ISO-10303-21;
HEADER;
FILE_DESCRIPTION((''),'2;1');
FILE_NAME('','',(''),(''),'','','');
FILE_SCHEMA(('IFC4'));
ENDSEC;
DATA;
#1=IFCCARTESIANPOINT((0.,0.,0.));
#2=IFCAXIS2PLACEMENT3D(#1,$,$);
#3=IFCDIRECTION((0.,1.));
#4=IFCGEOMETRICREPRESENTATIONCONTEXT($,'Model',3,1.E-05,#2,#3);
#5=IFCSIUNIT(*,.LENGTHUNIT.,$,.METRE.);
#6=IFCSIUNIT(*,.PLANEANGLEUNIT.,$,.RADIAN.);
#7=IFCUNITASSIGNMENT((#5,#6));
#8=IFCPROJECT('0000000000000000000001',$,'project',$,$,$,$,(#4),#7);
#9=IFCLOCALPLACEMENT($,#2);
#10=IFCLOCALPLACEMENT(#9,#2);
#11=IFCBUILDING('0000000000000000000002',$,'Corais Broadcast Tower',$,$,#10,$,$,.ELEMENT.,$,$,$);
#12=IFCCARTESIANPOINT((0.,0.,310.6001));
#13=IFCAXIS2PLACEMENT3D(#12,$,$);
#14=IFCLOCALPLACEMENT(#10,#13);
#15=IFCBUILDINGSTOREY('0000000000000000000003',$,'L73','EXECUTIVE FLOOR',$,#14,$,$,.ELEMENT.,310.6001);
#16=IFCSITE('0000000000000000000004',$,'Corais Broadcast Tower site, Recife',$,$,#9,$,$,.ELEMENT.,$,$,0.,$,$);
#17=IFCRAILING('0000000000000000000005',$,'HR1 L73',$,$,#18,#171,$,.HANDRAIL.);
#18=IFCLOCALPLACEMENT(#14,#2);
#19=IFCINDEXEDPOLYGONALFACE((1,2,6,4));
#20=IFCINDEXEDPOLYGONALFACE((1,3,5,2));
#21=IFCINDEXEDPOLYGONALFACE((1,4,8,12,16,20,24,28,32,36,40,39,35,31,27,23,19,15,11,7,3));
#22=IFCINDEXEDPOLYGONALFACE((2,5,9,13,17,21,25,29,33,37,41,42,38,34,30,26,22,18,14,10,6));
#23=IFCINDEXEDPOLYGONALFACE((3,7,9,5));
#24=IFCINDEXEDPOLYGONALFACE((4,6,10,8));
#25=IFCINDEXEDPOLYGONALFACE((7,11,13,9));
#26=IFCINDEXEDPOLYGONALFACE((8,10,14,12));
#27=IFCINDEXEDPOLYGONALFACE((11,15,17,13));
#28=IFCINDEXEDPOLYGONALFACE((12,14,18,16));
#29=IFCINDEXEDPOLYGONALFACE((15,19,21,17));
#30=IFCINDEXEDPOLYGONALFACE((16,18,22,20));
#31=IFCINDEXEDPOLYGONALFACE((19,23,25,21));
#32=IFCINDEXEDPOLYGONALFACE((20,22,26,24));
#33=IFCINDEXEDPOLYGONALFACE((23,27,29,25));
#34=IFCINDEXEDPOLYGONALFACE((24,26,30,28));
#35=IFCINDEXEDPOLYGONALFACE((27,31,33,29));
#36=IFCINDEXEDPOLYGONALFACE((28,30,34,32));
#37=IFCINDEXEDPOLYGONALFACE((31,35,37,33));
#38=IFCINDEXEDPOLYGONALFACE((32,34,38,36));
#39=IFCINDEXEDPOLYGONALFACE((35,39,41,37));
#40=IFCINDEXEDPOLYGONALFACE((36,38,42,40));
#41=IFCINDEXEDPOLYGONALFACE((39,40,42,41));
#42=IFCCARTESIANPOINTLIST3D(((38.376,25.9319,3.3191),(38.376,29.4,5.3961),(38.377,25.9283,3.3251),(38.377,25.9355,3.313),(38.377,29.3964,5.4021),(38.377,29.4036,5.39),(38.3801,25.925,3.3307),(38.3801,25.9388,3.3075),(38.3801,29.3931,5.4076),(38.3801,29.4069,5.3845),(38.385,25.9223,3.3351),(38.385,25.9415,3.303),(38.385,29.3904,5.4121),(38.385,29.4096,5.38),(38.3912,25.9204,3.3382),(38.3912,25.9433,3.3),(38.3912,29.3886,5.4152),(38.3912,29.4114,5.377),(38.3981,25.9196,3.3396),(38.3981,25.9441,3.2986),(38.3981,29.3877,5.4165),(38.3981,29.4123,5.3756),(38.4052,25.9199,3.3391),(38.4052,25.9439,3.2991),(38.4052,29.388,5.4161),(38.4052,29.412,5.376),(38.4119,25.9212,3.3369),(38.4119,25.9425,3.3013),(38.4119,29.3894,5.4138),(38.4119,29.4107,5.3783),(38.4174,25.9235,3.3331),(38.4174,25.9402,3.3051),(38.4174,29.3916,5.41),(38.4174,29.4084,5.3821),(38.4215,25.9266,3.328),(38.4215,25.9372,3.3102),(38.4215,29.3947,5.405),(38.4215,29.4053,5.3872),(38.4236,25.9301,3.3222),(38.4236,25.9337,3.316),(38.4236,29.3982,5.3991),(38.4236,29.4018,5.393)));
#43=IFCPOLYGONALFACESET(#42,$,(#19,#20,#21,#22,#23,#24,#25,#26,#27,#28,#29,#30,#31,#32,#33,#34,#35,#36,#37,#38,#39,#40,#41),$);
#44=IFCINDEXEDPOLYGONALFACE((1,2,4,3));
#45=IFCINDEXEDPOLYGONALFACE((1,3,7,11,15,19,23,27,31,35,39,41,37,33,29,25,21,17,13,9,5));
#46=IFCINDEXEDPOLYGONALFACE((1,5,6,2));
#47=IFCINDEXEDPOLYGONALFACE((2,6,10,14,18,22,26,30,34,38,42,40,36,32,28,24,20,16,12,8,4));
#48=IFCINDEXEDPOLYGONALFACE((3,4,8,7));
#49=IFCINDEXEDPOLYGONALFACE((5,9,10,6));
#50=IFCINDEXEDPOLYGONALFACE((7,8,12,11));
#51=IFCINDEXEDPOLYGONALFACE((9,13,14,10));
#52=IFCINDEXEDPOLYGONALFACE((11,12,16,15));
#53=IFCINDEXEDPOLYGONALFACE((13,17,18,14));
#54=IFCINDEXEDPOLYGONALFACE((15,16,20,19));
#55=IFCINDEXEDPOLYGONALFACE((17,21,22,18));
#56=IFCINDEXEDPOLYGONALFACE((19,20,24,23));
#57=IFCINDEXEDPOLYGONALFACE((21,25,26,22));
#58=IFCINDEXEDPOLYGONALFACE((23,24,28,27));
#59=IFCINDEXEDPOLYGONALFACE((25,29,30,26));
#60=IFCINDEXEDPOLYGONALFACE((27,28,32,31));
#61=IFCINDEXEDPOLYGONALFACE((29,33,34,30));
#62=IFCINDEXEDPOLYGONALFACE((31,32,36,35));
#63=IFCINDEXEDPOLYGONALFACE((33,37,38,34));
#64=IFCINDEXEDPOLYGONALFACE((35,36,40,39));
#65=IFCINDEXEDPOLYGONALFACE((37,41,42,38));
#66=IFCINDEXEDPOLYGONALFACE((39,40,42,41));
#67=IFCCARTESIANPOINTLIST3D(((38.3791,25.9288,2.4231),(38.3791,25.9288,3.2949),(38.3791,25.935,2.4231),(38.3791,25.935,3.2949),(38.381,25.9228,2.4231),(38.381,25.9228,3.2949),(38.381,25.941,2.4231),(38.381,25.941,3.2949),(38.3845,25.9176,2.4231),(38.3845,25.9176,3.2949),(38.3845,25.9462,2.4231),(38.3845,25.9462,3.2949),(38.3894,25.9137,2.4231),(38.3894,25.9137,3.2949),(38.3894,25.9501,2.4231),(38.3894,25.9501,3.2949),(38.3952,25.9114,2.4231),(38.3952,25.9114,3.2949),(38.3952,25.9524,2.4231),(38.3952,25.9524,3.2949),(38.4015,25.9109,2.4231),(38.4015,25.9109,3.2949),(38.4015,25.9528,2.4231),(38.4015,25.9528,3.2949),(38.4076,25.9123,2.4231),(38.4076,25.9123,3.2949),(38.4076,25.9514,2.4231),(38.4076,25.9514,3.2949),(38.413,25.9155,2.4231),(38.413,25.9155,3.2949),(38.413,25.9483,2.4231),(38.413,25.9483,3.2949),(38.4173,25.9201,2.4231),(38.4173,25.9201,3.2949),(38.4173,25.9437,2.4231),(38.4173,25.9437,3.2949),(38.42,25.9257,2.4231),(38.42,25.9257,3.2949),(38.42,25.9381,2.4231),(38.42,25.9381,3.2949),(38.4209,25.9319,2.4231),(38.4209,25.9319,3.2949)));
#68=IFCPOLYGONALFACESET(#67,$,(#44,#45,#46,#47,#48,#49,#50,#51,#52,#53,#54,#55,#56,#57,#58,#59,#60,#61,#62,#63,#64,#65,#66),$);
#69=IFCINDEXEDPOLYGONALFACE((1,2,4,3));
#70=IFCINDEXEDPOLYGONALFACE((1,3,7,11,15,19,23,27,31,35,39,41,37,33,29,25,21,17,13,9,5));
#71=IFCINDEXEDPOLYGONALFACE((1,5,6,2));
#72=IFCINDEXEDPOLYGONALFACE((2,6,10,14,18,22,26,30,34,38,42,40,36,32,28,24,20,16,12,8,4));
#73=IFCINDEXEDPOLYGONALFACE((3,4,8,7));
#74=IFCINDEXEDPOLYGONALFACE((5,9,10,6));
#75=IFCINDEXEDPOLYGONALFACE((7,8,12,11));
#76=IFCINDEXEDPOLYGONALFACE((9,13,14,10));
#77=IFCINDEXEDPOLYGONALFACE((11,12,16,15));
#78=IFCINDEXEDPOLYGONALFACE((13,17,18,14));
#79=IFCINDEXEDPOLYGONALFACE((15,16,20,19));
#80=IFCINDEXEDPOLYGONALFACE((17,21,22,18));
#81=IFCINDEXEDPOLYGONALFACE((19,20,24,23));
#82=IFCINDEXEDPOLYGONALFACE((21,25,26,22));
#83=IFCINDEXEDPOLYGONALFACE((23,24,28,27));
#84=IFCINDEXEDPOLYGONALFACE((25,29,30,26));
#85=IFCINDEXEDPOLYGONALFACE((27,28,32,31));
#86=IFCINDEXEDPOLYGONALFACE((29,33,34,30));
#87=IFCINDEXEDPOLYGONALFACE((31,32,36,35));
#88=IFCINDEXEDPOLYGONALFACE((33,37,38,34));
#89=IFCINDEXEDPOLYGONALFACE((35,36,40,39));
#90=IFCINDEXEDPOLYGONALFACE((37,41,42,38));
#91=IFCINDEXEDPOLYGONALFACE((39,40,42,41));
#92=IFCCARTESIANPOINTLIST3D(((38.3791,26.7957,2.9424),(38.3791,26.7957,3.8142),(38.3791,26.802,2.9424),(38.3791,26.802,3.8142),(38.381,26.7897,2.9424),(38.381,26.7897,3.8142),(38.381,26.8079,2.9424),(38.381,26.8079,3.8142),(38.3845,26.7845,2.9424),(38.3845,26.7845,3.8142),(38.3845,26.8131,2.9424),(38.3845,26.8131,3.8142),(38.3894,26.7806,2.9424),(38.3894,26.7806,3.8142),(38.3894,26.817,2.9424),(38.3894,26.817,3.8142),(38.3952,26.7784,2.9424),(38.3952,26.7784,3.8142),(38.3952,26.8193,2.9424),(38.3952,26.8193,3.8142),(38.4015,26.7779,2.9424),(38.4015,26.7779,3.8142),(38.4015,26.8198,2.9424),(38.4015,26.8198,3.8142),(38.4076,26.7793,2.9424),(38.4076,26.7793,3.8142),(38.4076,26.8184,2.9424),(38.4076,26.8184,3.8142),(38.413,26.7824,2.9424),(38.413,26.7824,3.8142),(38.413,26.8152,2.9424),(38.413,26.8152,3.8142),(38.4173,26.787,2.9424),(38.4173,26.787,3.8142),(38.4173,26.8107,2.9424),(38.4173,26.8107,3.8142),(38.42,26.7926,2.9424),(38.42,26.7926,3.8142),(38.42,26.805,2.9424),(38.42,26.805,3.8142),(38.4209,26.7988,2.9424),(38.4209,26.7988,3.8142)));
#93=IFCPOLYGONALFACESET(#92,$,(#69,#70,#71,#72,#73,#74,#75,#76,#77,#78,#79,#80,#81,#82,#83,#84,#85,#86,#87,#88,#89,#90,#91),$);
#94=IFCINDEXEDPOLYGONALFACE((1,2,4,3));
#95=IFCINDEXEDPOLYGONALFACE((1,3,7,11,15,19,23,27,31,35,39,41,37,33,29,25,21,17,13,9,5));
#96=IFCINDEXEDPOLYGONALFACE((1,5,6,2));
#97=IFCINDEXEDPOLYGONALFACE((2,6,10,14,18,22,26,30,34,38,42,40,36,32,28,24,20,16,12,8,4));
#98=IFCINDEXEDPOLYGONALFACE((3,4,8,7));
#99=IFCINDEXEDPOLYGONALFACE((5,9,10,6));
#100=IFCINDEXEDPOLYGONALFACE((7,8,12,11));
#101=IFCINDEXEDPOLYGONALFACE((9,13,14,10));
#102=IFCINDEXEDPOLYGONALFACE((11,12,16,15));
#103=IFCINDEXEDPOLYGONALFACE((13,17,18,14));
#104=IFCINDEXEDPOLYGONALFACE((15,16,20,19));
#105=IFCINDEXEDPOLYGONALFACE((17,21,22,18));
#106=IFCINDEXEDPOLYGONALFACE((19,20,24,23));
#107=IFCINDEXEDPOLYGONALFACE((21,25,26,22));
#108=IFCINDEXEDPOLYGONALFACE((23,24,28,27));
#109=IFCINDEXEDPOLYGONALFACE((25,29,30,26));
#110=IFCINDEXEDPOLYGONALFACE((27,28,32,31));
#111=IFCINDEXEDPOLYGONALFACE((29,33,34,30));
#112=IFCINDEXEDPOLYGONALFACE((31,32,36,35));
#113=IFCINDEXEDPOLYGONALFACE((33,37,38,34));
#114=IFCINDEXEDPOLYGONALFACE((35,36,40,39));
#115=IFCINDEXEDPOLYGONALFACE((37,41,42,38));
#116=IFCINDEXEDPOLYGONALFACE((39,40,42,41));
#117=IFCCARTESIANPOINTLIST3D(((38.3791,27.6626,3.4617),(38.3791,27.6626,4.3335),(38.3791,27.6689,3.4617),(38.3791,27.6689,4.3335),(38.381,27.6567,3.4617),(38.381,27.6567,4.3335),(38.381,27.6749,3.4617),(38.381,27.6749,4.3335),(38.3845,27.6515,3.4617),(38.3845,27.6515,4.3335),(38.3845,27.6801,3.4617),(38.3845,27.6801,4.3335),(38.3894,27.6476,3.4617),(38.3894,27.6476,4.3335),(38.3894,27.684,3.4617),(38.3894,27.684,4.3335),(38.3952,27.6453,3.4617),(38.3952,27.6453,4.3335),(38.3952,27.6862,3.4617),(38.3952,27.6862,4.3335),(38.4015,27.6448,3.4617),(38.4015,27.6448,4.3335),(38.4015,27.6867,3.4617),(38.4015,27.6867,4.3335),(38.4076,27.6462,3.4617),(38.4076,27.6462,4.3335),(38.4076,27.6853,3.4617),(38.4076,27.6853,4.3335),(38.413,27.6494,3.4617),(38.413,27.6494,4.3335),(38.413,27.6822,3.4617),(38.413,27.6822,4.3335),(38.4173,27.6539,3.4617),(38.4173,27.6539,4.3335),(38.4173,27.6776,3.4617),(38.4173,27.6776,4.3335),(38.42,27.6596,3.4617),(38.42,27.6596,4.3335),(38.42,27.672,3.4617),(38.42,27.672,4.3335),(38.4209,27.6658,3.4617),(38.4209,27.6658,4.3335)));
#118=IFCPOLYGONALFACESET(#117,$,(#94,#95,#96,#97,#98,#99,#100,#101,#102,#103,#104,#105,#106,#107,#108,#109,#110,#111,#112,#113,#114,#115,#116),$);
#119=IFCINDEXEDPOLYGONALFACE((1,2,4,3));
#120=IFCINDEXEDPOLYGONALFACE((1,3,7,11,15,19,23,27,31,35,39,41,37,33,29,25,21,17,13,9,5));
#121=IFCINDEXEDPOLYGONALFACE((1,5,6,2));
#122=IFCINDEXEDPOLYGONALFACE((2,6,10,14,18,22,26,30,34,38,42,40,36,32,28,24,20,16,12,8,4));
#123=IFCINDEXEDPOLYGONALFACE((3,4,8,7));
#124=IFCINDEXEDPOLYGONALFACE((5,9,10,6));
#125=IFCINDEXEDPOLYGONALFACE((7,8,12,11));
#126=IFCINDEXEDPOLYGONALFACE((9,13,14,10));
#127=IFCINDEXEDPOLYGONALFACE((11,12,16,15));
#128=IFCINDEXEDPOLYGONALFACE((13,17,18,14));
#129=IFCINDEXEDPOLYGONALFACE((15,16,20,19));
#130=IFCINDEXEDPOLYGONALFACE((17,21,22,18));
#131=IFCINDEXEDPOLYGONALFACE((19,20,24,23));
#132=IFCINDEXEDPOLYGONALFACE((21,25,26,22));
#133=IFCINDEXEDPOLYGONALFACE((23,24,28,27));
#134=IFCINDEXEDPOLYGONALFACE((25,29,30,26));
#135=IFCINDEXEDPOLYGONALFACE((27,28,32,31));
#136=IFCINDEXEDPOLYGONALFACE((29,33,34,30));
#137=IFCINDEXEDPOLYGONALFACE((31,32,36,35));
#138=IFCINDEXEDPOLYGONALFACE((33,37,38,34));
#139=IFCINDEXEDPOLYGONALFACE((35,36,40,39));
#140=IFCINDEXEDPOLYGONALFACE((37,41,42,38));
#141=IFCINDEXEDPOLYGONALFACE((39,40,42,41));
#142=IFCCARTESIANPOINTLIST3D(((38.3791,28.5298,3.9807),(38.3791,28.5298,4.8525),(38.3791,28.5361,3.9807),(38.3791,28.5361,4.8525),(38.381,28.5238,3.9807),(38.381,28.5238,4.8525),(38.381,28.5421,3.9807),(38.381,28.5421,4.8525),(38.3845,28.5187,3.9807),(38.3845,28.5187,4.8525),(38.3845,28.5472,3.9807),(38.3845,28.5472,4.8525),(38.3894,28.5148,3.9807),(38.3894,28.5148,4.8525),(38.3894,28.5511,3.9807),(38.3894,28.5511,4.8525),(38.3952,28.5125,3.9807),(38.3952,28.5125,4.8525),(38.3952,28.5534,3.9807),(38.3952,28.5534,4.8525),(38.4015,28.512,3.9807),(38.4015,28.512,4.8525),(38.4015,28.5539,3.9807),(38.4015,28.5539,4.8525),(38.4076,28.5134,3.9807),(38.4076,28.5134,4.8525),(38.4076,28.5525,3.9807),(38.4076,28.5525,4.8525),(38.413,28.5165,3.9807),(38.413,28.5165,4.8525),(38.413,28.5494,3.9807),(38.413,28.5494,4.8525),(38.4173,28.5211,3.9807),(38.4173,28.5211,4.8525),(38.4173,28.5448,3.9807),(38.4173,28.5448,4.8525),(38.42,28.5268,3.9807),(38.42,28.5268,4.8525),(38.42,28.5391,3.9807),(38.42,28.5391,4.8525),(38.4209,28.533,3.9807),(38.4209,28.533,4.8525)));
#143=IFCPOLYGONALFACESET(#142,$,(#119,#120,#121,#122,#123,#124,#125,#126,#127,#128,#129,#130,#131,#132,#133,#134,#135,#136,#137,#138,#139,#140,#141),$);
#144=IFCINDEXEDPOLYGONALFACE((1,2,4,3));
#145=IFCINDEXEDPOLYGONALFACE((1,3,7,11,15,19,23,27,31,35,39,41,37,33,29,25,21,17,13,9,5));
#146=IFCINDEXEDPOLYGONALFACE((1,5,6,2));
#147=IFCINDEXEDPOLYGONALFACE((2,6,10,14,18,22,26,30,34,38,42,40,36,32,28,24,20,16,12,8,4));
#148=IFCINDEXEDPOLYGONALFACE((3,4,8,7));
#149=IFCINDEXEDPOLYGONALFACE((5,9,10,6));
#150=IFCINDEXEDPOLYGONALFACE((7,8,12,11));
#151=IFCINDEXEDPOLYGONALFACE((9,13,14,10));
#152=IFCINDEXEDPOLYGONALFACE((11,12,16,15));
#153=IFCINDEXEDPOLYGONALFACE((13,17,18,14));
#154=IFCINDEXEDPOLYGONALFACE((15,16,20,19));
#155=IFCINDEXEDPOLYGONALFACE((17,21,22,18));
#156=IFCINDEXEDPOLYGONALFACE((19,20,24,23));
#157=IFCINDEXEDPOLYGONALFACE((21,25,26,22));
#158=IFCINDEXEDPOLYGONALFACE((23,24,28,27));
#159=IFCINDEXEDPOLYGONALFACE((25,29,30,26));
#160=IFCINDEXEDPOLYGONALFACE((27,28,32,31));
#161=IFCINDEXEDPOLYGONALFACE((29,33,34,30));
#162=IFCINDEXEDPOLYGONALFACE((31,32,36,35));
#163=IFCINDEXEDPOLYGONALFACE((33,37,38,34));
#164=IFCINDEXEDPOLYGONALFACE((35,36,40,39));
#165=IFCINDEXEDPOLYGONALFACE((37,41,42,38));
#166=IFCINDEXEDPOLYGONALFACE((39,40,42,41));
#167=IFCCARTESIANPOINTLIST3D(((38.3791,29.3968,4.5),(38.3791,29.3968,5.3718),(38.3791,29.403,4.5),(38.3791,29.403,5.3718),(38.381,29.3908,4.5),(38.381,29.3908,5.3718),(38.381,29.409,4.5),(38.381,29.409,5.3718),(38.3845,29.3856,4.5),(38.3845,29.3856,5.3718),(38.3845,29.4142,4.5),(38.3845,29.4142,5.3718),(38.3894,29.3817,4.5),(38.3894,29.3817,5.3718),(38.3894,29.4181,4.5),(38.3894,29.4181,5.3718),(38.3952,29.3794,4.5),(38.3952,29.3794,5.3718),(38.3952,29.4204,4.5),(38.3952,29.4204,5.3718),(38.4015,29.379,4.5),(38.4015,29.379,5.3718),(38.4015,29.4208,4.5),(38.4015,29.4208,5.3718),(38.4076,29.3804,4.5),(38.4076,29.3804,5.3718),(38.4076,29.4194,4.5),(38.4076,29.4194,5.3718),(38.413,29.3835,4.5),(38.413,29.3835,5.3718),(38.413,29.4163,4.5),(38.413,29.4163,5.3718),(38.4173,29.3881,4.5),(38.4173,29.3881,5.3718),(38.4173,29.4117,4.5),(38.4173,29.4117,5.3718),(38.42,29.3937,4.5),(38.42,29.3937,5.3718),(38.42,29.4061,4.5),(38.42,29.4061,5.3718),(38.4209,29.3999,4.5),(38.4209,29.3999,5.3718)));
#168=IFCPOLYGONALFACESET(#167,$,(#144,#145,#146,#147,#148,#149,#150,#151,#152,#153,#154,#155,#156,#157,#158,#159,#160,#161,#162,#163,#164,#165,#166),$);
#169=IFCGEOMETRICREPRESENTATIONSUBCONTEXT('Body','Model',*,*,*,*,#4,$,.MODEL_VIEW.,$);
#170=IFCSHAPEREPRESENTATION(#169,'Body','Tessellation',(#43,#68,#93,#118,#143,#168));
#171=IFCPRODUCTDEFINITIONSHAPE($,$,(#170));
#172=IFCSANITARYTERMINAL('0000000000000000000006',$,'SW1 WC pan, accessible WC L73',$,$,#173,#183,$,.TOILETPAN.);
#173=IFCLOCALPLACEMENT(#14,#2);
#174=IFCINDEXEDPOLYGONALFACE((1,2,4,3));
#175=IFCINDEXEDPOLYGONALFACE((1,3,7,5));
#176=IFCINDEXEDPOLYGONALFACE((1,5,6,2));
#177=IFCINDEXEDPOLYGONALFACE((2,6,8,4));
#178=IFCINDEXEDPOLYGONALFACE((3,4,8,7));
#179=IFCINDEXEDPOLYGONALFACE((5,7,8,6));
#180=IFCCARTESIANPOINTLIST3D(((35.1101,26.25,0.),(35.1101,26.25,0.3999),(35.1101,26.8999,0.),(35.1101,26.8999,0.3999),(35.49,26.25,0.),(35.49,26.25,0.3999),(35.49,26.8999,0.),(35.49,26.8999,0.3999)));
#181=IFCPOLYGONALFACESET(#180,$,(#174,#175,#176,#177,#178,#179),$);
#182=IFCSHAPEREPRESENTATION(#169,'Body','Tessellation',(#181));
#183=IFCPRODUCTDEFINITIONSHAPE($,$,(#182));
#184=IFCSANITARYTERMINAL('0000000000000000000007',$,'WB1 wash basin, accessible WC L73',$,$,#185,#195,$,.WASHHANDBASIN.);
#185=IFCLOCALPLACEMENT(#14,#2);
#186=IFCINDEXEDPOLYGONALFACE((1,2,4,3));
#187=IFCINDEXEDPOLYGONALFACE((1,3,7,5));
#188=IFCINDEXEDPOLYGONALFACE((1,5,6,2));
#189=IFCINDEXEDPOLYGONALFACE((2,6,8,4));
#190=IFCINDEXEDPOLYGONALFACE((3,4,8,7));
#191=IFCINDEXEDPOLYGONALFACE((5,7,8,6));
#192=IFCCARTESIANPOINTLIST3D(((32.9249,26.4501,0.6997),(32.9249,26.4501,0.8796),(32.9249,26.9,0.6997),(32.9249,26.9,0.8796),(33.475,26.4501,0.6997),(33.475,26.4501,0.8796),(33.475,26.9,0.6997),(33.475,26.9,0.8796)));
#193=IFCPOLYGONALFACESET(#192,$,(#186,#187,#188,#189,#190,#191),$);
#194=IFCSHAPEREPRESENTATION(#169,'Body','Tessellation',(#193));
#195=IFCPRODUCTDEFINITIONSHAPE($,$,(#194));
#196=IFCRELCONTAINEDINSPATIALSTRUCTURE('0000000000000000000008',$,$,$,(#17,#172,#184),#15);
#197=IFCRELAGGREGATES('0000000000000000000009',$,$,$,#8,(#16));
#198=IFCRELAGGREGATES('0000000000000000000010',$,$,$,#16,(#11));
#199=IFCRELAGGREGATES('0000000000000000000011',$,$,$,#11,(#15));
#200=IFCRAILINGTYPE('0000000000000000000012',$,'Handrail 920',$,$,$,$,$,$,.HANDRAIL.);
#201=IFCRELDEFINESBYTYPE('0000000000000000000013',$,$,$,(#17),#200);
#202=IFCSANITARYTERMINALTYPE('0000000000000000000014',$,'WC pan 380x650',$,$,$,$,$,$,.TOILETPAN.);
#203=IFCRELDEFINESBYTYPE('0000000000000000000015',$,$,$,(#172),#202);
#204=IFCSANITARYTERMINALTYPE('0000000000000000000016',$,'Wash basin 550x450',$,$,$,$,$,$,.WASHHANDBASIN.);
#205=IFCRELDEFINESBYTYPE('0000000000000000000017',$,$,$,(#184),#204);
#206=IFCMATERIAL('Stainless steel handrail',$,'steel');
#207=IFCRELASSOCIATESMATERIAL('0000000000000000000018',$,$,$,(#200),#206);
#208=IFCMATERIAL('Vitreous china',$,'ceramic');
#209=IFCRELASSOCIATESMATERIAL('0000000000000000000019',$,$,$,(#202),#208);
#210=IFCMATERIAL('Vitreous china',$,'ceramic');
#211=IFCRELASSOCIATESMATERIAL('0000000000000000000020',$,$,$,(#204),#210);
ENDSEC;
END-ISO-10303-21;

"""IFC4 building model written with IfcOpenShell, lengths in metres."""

from ifc_helpers import new_model, si_unit, direction, frame, origin, origin_2d, place, context, subcontext, project, spatial, rectangle, circle, extrude, material, type_object, element, save


model = new_model("IFC4")

# Units and contexts
model_context = context("Model", 3, precision=1e-05, world=origin(), true_north=direction((0.0, 1.0)))
body_context = subcontext(model_context, "Body", "Model", "MODEL_VIEW")
ifc_project = project(units=[si_unit("LENGTHUNIT", "METRE"), si_unit("PLANEANGLEUNIT", "RADIAN")], contexts=[model_context])

# Site, building, storey
site_placement = place(None, origin())
site = spatial("IfcSite", under=ifc_project, at=site_placement, Name="Corais Broadcast Tower site, Recife", CompositionType="ELEMENT", RefElevation=0.0)
building_placement = place(site_placement, origin())
building = spatial("IfcBuilding", under=site, at=building_placement, Name="Corais Broadcast Tower", CompositionType="ELEMENT")
storey_placement = place(building_placement, frame((0.0, 0.0, 310.6001)))
storey = spatial("IfcBuildingStorey", under=building, at=storey_placement, Name="L73", Description="EXECUTIVE FLOOR", CompositionType="ELEMENT", Elevation=310.6001)

# Railing
ifc_material_1 = material(Name="Stainless steel handrail", Category="steel")
railing_type = type_object("IfcRailingType", Name="Handrail 920", PredefinedType="HANDRAIL", material=ifc_material_1)
for number, where, name in (
    (1, (38.3999, 25.9319, 2.4231), "HR1 L73"),
):
    element("IfcRailing", number, at=place(storey_placement, frame(where)), inside=storey, type_object=railing_type, Name=name, PredefinedType="HANDRAIL", context=body_context, shape_type="SweptSolid", body=[
        extrude(circle(Radius=0.0239, at=origin_2d()), frame((0.0, 0.0, 0.896), z_axis=(0.0, 0.857919, 0.513785), x_axis=(-1.0, 0.0, 0.0)), (0.0, 0.0, 1.0), 4.0425),
        extrude(circle(Radius=0.021, at=origin_2d()), origin(), (0.0, 0.0, 1.0), 0.8718),
        extrude(circle(Radius=0.021, at=origin_2d()), frame((0.0, 0.8669, 0.5193)), (0.0, 0.0, 1.0), 0.8718),
        extrude(circle(Radius=0.021, at=origin_2d()), frame((0.0, 1.7339, 1.0386)), (0.0, 0.0, 1.0), 0.8718),
        extrude(circle(Radius=0.021, at=origin_2d()), frame((0.0, 2.6011, 1.5576)), (0.0, 0.0, 1.0), 0.8718),
        extrude(circle(Radius=0.021, at=origin_2d()), frame((0.0, 3.468, 2.0769)), (0.0, 0.0, 1.0), 0.8718),
    ])

# Sanitary terminals
ifc_material_2 = material(Name="Vitreous china", Category="ceramic")
sanitary_terminal_type_1 = type_object("IfcSanitaryTerminalType", Name="WC pan 380x650", PredefinedType="TOILETPAN", material=ifc_material_2)
sanitary_terminal_1_placement = place(storey_placement, frame((35.3, 26.575, 0.0), z_axis=(0.0, 0.0, 1.0), x_axis=(1.0, 0.0, 0.0)))
element("IfcSanitaryTerminal", 2, at=sanitary_terminal_1_placement, inside=storey, type_object=sanitary_terminal_type_1, Name="SW1 WC pan, accessible WC L73", PredefinedType="TOILETPAN", context=body_context, shape_type="SweptSolid", body=[
    extrude(rectangle(XDim=0.3799, YDim=0.6499, at=origin_2d()), origin(), (0.0, 0.0, 1.0), 0.3999),
])
ifc_material_3 = material(Name="Vitreous china", Category="ceramic")
sanitary_terminal_type_2 = type_object("IfcSanitaryTerminalType", Name="Wash basin 550x450", PredefinedType="WASHHANDBASIN", material=ifc_material_3)
sanitary_terminal_2_placement = place(storey_placement, frame((33.2, 26.675, 0.6997), z_axis=(0.0, 0.0, 1.0), x_axis=(1.0, 0.0, 0.0)))
element("IfcSanitaryTerminal", 3, at=sanitary_terminal_2_placement, inside=storey, type_object=sanitary_terminal_type_2, Name="WB1 wash basin, accessible WC L73", PredefinedType="WASHHANDBASIN", context=body_context, shape_type="SweptSolid", body=[
    extrude(rectangle(XDim=0.55, YDim=0.45, at=origin_2d()), origin(), (0.0, 0.0, 1.0), 0.1799),
])

save(model, "model.ifc")
